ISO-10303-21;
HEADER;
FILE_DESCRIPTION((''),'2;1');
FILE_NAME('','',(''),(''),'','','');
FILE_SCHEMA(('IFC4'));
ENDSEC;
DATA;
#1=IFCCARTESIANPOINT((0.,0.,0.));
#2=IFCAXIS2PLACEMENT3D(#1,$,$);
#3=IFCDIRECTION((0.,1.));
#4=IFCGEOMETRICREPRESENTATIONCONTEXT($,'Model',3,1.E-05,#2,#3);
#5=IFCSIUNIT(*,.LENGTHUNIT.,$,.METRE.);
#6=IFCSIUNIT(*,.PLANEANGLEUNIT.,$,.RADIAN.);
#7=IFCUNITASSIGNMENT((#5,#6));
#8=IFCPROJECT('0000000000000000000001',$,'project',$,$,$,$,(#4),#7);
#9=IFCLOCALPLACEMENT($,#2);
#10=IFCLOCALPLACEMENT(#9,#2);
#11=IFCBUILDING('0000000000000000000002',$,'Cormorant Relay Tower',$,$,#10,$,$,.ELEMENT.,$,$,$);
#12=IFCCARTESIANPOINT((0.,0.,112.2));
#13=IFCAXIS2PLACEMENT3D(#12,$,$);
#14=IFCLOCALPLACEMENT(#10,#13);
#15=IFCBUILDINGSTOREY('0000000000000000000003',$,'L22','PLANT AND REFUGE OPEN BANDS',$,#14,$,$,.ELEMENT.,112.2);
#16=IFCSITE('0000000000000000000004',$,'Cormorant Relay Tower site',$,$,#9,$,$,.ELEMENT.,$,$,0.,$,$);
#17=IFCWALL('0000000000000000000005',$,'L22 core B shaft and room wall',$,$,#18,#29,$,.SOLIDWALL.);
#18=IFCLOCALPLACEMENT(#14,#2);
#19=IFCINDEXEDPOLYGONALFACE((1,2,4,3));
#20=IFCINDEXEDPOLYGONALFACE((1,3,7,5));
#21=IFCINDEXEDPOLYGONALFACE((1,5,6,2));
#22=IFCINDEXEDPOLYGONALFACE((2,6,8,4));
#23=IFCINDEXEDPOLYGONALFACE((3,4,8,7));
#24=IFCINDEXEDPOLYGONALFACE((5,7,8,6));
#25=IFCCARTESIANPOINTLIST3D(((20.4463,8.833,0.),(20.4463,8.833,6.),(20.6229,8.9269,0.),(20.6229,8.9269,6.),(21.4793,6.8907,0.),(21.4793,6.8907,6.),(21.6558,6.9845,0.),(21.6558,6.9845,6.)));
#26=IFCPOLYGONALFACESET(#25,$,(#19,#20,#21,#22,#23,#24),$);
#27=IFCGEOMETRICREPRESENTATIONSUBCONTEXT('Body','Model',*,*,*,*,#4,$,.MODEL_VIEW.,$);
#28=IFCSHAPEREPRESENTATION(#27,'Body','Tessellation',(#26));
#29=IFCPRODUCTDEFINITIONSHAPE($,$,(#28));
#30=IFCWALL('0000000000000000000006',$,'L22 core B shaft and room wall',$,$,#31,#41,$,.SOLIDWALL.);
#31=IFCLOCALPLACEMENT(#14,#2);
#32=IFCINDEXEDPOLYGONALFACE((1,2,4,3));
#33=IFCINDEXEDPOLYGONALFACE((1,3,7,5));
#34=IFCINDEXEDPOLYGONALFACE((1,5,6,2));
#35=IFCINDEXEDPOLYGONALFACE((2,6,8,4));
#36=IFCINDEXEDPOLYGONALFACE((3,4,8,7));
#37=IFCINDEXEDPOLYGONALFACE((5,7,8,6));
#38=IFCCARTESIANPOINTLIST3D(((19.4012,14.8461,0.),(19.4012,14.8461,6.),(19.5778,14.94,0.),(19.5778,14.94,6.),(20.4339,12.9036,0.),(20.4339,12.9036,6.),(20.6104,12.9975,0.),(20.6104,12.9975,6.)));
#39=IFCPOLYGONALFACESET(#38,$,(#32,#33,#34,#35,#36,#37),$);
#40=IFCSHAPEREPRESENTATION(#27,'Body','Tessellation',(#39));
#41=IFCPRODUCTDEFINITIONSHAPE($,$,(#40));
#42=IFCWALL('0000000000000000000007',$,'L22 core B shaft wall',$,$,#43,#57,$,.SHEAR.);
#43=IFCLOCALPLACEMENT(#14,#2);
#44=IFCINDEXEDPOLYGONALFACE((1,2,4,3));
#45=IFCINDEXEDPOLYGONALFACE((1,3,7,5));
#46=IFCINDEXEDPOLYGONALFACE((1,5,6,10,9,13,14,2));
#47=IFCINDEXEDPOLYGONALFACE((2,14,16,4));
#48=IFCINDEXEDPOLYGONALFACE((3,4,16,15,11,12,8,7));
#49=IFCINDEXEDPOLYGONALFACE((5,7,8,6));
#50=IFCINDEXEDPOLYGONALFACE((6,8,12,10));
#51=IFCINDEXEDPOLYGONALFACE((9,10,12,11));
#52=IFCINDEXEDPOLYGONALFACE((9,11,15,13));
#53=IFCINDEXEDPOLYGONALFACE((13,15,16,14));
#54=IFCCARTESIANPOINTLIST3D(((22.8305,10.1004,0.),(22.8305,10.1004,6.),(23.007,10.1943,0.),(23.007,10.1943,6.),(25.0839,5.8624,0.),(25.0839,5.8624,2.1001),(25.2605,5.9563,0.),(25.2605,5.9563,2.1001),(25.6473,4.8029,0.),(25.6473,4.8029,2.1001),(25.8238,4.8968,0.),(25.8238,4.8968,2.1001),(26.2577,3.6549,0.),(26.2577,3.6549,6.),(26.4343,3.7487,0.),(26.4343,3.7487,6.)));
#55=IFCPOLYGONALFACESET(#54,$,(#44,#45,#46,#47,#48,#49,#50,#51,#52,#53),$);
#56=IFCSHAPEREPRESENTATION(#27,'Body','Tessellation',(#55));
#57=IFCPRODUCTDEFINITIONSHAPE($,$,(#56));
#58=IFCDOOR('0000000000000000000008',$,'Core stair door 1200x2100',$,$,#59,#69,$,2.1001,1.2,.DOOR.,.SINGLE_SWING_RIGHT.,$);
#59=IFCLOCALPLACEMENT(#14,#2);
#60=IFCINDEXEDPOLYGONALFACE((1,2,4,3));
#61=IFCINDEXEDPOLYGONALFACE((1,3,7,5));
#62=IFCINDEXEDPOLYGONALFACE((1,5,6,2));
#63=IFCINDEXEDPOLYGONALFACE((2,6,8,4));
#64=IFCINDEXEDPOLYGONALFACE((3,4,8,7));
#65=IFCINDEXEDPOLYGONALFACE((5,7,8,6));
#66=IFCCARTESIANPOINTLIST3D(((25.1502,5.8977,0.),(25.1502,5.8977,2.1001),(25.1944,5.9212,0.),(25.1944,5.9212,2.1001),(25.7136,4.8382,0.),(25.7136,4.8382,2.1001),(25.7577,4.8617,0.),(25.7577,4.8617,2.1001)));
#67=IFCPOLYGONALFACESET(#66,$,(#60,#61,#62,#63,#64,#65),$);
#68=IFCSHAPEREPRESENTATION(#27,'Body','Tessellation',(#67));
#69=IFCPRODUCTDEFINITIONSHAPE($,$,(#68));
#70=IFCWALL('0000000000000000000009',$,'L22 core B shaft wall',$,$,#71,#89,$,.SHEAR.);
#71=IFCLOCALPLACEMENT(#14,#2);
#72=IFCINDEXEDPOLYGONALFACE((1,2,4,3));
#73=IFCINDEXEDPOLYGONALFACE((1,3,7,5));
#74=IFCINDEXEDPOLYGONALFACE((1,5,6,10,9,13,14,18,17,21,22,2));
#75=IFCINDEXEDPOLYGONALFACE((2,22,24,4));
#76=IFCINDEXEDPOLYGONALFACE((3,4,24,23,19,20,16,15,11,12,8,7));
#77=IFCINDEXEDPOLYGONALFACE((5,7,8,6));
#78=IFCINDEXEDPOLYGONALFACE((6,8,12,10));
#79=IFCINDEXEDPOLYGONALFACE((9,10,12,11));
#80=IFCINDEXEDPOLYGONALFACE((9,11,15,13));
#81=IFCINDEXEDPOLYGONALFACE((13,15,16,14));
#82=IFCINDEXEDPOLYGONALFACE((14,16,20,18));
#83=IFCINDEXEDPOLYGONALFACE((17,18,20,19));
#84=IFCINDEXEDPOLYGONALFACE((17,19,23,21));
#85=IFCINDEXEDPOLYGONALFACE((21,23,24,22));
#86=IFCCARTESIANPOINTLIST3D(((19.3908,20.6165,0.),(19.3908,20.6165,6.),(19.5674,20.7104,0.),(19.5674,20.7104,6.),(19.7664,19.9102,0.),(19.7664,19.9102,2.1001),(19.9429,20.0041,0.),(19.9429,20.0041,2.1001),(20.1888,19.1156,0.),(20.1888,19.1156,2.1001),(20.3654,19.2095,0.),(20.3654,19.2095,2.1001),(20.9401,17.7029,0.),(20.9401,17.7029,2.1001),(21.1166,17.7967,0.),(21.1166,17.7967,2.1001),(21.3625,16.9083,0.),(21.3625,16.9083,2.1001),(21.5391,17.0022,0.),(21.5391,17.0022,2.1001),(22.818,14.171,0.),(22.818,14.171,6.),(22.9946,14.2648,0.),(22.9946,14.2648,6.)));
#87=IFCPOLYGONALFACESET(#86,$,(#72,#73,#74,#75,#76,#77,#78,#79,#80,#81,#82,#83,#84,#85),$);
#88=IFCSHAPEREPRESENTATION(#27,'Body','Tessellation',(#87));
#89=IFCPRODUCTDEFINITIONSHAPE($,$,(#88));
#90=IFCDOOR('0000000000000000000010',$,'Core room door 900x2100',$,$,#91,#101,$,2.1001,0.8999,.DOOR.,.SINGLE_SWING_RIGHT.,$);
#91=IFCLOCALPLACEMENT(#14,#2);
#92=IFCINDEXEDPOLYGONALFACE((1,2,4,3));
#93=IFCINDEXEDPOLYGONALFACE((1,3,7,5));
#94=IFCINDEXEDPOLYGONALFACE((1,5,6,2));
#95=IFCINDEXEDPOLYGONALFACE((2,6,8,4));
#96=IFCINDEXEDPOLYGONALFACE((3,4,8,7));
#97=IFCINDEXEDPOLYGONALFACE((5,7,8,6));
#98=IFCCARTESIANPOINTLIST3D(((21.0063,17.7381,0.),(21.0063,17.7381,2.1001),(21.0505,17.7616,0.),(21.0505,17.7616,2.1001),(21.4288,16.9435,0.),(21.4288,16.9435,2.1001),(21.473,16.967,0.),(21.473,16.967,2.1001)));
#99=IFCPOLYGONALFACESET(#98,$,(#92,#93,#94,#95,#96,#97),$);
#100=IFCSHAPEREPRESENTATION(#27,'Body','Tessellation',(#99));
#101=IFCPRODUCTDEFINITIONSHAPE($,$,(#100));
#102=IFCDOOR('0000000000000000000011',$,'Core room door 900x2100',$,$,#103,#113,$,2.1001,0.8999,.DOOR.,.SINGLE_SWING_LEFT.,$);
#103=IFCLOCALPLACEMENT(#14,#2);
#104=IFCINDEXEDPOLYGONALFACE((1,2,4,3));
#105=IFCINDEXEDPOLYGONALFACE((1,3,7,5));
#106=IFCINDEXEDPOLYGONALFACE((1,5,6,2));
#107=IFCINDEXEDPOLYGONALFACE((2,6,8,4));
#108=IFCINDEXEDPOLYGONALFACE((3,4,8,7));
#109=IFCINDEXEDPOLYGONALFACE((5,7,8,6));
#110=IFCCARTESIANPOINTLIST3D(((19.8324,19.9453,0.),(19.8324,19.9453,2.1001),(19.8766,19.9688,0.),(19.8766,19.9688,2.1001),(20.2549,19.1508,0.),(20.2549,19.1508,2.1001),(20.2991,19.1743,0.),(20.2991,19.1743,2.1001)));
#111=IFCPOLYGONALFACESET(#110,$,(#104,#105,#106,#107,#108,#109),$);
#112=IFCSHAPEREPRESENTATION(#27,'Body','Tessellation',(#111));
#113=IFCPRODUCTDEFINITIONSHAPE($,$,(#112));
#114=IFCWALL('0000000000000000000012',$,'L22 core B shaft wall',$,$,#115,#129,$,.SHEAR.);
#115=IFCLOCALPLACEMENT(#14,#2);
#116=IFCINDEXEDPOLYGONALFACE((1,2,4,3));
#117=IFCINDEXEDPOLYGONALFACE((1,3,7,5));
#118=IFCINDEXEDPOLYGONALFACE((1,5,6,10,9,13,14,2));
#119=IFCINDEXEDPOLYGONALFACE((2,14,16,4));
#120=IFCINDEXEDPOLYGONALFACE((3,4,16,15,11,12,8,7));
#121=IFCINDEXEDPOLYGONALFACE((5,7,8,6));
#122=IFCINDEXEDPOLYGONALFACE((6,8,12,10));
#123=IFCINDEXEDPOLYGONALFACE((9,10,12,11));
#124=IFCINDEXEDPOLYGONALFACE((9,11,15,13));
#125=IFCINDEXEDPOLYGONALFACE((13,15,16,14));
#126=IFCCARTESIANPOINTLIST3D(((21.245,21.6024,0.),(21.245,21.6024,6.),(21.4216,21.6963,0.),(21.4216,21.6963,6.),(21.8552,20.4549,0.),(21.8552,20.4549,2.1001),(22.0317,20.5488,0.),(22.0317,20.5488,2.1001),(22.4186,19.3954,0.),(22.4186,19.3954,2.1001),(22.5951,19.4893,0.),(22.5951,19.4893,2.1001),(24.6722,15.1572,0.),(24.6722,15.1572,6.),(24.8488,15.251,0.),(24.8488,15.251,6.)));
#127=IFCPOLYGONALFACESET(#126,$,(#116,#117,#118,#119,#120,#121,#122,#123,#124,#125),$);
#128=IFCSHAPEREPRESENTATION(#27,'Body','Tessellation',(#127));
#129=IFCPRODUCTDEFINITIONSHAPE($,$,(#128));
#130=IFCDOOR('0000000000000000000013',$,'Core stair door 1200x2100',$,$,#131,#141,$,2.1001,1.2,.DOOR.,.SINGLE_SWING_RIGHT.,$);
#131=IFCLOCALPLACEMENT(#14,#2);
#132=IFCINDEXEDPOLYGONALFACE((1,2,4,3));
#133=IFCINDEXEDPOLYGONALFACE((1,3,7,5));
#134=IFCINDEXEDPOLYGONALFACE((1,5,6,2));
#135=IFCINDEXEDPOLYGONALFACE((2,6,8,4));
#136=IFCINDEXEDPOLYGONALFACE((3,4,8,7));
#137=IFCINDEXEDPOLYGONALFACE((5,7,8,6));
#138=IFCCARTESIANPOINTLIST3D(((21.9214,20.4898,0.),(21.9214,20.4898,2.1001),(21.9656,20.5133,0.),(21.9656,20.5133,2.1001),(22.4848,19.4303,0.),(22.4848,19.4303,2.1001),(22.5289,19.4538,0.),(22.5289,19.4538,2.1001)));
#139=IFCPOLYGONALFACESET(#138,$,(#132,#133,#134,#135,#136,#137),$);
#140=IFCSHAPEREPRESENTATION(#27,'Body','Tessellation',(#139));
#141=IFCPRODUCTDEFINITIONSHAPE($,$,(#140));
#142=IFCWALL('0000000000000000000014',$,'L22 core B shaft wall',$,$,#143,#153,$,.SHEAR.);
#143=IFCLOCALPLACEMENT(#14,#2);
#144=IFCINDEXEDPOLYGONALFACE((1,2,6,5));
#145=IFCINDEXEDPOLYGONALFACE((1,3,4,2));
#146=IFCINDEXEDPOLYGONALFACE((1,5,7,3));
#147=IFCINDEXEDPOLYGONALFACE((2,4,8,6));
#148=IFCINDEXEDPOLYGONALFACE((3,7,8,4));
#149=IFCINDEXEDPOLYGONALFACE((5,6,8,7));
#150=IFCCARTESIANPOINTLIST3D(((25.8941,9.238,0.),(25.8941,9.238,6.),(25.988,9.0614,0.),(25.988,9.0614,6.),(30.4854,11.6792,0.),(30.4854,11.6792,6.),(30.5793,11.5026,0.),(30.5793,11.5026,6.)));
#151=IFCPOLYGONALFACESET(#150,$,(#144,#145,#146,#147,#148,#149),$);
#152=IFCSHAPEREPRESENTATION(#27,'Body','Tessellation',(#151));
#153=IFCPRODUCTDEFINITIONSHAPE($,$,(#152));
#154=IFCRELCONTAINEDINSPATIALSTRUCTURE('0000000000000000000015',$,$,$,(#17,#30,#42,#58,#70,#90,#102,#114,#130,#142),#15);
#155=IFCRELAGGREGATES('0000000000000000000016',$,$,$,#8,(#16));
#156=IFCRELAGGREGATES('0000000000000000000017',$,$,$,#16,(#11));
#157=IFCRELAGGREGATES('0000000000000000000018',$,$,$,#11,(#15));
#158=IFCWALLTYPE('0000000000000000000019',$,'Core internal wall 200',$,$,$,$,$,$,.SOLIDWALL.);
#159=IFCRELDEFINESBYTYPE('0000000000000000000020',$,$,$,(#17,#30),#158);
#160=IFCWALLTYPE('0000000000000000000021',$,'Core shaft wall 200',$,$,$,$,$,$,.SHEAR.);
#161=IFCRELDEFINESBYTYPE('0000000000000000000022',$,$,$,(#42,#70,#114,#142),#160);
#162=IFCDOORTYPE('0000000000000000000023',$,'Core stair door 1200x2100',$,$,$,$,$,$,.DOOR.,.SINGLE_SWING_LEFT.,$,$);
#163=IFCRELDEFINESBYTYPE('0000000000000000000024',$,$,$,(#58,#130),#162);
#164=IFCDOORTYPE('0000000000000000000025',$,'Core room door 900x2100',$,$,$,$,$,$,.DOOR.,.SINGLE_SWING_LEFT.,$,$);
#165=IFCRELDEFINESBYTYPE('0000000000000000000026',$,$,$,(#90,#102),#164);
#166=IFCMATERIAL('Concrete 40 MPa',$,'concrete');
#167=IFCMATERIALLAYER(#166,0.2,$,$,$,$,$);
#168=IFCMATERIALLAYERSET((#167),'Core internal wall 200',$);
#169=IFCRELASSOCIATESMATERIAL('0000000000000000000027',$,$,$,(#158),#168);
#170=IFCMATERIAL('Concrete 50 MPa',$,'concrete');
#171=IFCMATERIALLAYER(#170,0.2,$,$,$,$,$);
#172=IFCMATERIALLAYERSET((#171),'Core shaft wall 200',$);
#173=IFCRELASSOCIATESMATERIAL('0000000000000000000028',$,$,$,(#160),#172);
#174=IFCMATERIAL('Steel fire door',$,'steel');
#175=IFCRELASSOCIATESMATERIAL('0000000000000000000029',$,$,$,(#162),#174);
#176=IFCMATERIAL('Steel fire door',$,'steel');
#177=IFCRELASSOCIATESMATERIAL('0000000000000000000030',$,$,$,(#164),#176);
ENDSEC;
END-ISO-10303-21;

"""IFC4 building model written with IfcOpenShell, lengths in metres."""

from ifc_helpers import new_model, si_unit, direction, frame, frame_2d, origin, place, context, subcontext, project, spatial, rectangle, extrude, material, layer, layer_set, type_object, element, fill, save


model = new_model("IFC4")

# Units and contexts
model_context = context("Model", 3, precision=1e-05, world=origin(), true_north=direction((0.0, 1.0)))
body_context = subcontext(model_context, "Body", "Model", "MODEL_VIEW")
ifc_project = project(units=[si_unit("LENGTHUNIT", "METRE"), si_unit("PLANEANGLEUNIT", "RADIAN")], contexts=[model_context])

# Site, building, storey
site_placement = place(None, origin())
site = spatial("IfcSite", under=ifc_project, at=site_placement, Name="Cormorant Relay Tower site", CompositionType="ELEMENT", RefElevation=0.0)
building_placement = place(site_placement, origin())
building = spatial("IfcBuilding", under=site, at=building_placement, Name="Cormorant Relay Tower", CompositionType="ELEMENT")
storey_placement = place(building_placement, frame((0.0, 0.0, 112.2)))
storey = spatial("IfcBuildingStorey", under=building, at=storey_placement, Name="L22", Description="PLANT AND REFUGE OPEN BANDS", CompositionType="ELEMENT", Elevation=112.2)

# Walls
ifc_material_1 = material(Name="Concrete 40 MPa", Category="concrete")
ifc_layer_1 = layer(ifc_material_1, 0.2)
ifc_layer_set_1 = layer_set([ifc_layer_1], Name="Core internal wall 200")
wall_type_1 = type_object("IfcWallType", Name="Core internal wall 200", PredefinedType="SOLIDWALL", material=ifc_layer_set_1)
for number, where, z_axis, x_axis, name in (
    (1, (21.5676, 6.9375, 0.0), (0.0, 0.0, 1.0), (-0.469534, 0.882914, 0.0), "L22 core B shaft and room wall"),
    (2, (20.5222, 12.9504, 0.0), (0.0, 0.0, 1.0), (-0.469401, 0.882985, 0.0), "L22 core B shaft and room wall"),
):
    element("IfcWall", number, at=place(storey_placement, frame(where, z_axis=z_axis, x_axis=x_axis)), inside=storey, type_object=wall_type_1, Name=name, PredefinedType="SOLIDWALL", context=body_context, shape_type="SweptSolid", body=[
        extrude(rectangle(XDim=2.2, YDim=0.2, at=frame_2d((1.1001, 0.0))), origin(), (0.0, 0.0, 1.0), 6.0),
    ])

# Wall, opening, door
ifc_material_2 = material(Name="Concrete 50 MPa", Category="concrete")
ifc_layer_2 = layer(ifc_material_2, 0.2)
ifc_layer_set_2 = layer_set([ifc_layer_2], Name="Core shaft wall 200")
wall_type_2 = type_object("IfcWallType", Name="Core shaft wall 200", PredefinedType="SHEAR", material=ifc_layer_set_2)
wall_1_placement = place(storey_placement, frame((26.3459, 3.7019, 0.0), z_axis=(0.0, 0.0, 1.0), x_axis=(-0.46948, 0.882943, 0.0)))
wall_1 = element("IfcWall", 3, at=wall_1_placement, inside=storey, type_object=wall_type_2, Name="L22 core B shaft wall", PredefinedType="SHEAR", context=body_context, shape_type="SweptSolid", body=[
    extrude(rectangle(XDim=7.3, YDim=0.2, at=frame_2d((3.6499, 0.0))), origin(), (0.0, 0.0, 1.0), 6.0),
])
opening_1_placement = place(wall_1_placement, frame((1.3, 0.0, 0.0)))
opening_1 = element("IfcOpeningElement", 4, at=opening_1_placement, cuts=wall_1, PredefinedType="OPENING", context=body_context, shape_type="SweptSolid", body=[
    extrude(rectangle(XDim=1.2, YDim=2.1001, at=frame_2d((0.6001, 1.05))), frame((0.0, 0.1099, 0.0), z_axis=(0.0, -1.0, 0.0), x_axis=(1.0, 0.0, 0.0)), (0.0, 0.0, 1.0), 0.22),
])
ifc_material_3 = material(Name="Steel fire door", Category="steel")
door_type_1 = type_object("IfcDoorType", Name="Core stair door 1200x2100", OperationType="SINGLE_SWING_LEFT", PredefinedType="DOOR", material=ifc_material_3)
door_1_placement = place(opening_1_placement, origin())
door_1 = element("IfcDoor", 5, at=door_1_placement, inside=storey, type_object=door_type_1, Name="Core stair door 1200x2100", OperationType="SINGLE_SWING_RIGHT", OverallHeight=2.1001, OverallWidth=1.2, PredefinedType="DOOR", context=body_context, shape_type="SweptSolid", body=[
    extrude(rectangle(XDim=1.2, YDim=2.1001, at=frame_2d((0.6001, 1.05))), frame((0.0, 0.0249, 0.0), z_axis=(0.0, -1.0, 0.0), x_axis=(1.0, 0.0, 0.0)), (0.0, 0.0, 1.0), 0.05),
])
fill(opening_1, door_1)

# Wall, openings, doors
wall_2_placement = place(storey_placement, frame((22.9062, 14.218, 0.0), z_axis=(0.0, 0.0, 1.0), x_axis=(-0.46948, 0.882943, 0.0)))
wall_2 = element("IfcWall", 6, at=wall_2_placement, inside=storey, type_object=wall_type_2, Name="L22 core B shaft wall", PredefinedType="SHEAR", context=body_context, shape_type="SweptSolid", body=[
    extrude(rectangle(XDim=7.3, YDim=0.2, at=frame_2d((3.6499, 0.0))), origin(), (0.0, 0.0, 1.0), 6.0),
])
opening_2_placement = place(wall_2_placement, frame((3.1001, 0.0, 0.0)))
opening_2 = element("IfcOpeningElement", 7, at=opening_2_placement, cuts=wall_2, PredefinedType="OPENING", context=body_context, shape_type="SweptSolid", body=[
    extrude(rectangle(XDim=0.8999, YDim=2.1001, at=frame_2d((0.45, 1.05))), frame((0.0, 0.1099, 0.0), z_axis=(0.0, -1.0, 0.0), x_axis=(1.0, 0.0, 0.0)), (0.0, 0.0, 1.0), 0.22),
])
opening_3_placement = place(wall_2_placement, frame((5.6001, 0.0, 0.0)))
opening_3 = element("IfcOpeningElement", 8, at=opening_3_placement, cuts=wall_2, PredefinedType="OPENING", context=body_context, shape_type="SweptSolid", body=[
    extrude(rectangle(XDim=0.8999, YDim=2.1001, at=frame_2d((0.45, 1.05))), frame((0.0, 0.1099, 0.0), z_axis=(0.0, -1.0, 0.0), x_axis=(1.0, 0.0, 0.0)), (0.0, 0.0, 1.0), 0.22),
])
ifc_material_4 = material(Name="Steel fire door", Category="steel")
door_type_2 = type_object("IfcDoorType", Name="Core room door 900x2100", OperationType="SINGLE_SWING_LEFT", PredefinedType="DOOR", material=ifc_material_4)
door_2_placement = place(opening_2_placement, origin())
door_2 = element("IfcDoor", 9, at=door_2_placement, inside=storey, type_object=door_type_2, Name="Core room door 900x2100", OperationType="SINGLE_SWING_RIGHT", OverallHeight=2.1001, OverallWidth=0.8999, PredefinedType="DOOR", context=body_context, shape_type="SweptSolid", body=[
    extrude(rectangle(XDim=0.8999, YDim=2.1001, at=frame_2d((0.45, 1.05))), frame((0.0, 0.0249, 0.0), z_axis=(0.0, -1.0, 0.0), x_axis=(1.0, 0.0, 0.0)), (0.0, 0.0, 1.0), 0.05),
])
fill(opening_2, door_2)
door_3_placement = place(opening_3_placement, frame((0.8999, 0.0, 0.0), z_axis=(0.0, 0.0, 1.0), x_axis=(-1.0, 0.0, 0.0)))
door_3 = element("IfcDoor", 10, at=door_3_placement, inside=storey, type_object=door_type_2, Name="Core room door 900x2100", OperationType="SINGLE_SWING_LEFT", OverallHeight=2.1001, OverallWidth=0.8999, PredefinedType="DOOR", context=body_context, shape_type="SweptSolid", body=[
    extrude(rectangle(XDim=0.8999, YDim=2.1001, at=frame_2d((0.45, 1.05))), frame((0.0, 0.0249, 0.0), z_axis=(0.0, -1.0, 0.0), x_axis=(1.0, 0.0, 0.0)), (0.0, 0.0, 1.0), 0.05),
])
fill(opening_3, door_3)

# Wall, opening, door
wall_3_placement = place(storey_placement, frame((24.7605, 15.2041, 0.0), z_axis=(0.0, 0.0, 1.0), x_axis=(-0.469494, 0.882936, 0.0)))
wall_3 = element("IfcWall", 11, at=wall_3_placement, inside=storey, type_object=wall_type_2, Name="L22 core B shaft wall", PredefinedType="SHEAR", context=body_context, shape_type="SweptSolid", body=[
    extrude(rectangle(XDim=7.2998, YDim=0.2, at=frame_2d((3.6499, 0.0))), origin(), (0.0, 0.0, 1.0), 6.0),
])
opening_4_placement = place(wall_3_placement, frame((4.8, 0.0, 0.0)))
opening_4 = element("IfcOpeningElement", 12, at=opening_4_placement, cuts=wall_3, PredefinedType="OPENING", context=body_context, shape_type="SweptSolid", body=[
    extrude(rectangle(XDim=1.2, YDim=2.1001, at=frame_2d((0.6001, 1.05))), frame((0.0, 0.1099, 0.0), z_axis=(0.0, -1.0, 0.0), x_axis=(1.0, 0.0, 0.0)), (0.0, 0.0, 1.0), 0.22),
])
door_4_placement = place(opening_4_placement, frame((1.2, 0.0, 0.0), z_axis=(0.0, 0.0, 1.0), x_axis=(-1.0, 0.0, 0.0)))
door_4 = element("IfcDoor", 13, at=door_4_placement, inside=storey, type_object=door_type_1, Name="Core stair door 1200x2100", OperationType="SINGLE_SWING_RIGHT", OverallHeight=2.1001, OverallWidth=1.2, PredefinedType="DOOR", context=body_context, shape_type="SweptSolid", body=[
    extrude(rectangle(XDim=1.2, YDim=2.1001, at=frame_2d((0.6001, 1.05))), frame((0.0, 0.0249, 0.0), z_axis=(0.0, -1.0, 0.0), x_axis=(1.0, 0.0, 0.0)), (0.0, 0.0, 1.0), 0.05),
])
fill(opening_4, door_4)

# Wall
wall_4_placement = place(storey_placement, frame((25.9409, 9.1497, 0.0), z_axis=(0.0, 0.0, 1.0), x_axis=(0.882954, 0.46946, 0.0)))
element("IfcWall", 14, at=wall_4_placement, inside=storey, type_object=wall_type_2, Name="L22 core B shaft wall", PredefinedType="SHEAR", context=body_context, shape_type="SweptSolid", body=[
    extrude(rectangle(XDim=5.2, YDim=0.2, at=frame_2d((2.6001, 0.0))), origin(), (0.0, 0.0, 1.0), 6.0),
])

save(model, "model.ifc")
